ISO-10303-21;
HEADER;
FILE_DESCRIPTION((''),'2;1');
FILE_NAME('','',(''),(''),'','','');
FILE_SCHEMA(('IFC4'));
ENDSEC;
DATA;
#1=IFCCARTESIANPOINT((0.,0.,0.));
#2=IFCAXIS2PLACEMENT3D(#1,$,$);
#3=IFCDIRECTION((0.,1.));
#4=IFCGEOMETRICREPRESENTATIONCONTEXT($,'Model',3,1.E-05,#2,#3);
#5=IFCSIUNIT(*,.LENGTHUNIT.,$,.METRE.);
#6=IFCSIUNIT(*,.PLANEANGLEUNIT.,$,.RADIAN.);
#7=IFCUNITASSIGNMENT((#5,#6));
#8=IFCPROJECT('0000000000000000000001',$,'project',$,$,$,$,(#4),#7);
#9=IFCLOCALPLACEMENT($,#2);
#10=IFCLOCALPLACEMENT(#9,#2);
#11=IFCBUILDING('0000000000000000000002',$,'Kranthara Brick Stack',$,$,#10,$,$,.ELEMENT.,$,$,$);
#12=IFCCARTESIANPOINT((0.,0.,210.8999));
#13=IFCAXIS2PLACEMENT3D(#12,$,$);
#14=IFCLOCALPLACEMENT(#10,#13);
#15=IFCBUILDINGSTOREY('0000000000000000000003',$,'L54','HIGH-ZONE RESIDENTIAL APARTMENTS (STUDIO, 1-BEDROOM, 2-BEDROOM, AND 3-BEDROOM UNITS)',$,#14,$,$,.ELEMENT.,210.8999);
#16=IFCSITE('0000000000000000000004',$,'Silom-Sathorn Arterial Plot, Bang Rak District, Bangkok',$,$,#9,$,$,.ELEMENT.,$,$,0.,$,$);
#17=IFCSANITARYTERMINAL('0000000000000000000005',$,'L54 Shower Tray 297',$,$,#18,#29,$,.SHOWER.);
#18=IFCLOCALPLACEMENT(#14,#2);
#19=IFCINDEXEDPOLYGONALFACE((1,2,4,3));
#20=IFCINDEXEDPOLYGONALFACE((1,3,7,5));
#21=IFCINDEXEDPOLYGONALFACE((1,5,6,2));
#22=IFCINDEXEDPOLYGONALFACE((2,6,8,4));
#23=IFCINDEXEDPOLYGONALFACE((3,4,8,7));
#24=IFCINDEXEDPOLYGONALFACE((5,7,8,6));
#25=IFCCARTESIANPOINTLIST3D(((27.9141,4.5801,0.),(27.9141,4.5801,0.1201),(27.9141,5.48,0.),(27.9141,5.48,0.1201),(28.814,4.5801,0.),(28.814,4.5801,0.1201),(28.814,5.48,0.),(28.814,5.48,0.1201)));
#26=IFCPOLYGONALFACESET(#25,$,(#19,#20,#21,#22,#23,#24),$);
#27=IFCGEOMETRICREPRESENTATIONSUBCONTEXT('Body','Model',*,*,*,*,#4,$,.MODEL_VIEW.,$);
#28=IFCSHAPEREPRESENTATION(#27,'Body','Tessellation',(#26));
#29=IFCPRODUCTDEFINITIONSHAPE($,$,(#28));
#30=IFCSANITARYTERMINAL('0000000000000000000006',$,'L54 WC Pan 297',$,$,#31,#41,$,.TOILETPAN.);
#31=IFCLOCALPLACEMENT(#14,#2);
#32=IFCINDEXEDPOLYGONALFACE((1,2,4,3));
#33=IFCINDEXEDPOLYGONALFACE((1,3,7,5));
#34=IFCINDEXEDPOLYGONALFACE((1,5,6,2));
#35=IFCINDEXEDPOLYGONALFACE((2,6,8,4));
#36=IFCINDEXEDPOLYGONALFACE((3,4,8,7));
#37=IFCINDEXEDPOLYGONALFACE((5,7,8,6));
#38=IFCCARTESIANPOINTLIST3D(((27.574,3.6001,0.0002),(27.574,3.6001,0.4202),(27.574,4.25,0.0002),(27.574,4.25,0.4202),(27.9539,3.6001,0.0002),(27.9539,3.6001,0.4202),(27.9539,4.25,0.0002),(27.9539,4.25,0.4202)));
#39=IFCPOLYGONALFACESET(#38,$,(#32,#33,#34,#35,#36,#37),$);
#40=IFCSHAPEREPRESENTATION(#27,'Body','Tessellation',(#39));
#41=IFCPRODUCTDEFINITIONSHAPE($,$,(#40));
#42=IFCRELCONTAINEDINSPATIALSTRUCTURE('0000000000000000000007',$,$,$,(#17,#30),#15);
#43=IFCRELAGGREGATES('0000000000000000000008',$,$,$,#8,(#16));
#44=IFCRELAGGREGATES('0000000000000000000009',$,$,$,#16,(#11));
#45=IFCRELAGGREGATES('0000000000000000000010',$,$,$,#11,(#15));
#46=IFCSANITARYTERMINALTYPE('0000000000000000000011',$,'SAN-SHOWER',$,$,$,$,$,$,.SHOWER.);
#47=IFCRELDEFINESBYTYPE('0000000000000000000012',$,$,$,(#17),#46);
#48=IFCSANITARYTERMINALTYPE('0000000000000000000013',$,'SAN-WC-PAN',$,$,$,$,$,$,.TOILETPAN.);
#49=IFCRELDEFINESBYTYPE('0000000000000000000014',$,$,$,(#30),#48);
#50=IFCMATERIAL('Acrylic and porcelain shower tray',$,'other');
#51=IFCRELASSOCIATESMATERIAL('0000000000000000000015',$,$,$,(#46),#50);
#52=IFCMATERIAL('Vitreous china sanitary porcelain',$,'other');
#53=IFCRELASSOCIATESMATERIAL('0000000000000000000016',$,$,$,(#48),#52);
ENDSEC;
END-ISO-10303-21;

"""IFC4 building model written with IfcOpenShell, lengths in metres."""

from ifc_helpers import new_model, si_unit, direction, frame, origin, origin_2d, place, context, subcontext, project, spatial, rectangle, extrude, material, type_object, element, save


model = new_model("IFC4")

# Units and contexts
model_context = context("Model", 3, precision=1e-05, world=origin(), true_north=direction((0.0, 1.0)))
body_context = subcontext(model_context, "Body", "Model", "MODEL_VIEW")
ifc_project = project(units=[si_unit("LENGTHUNIT", "METRE"), si_unit("PLANEANGLEUNIT", "RADIAN")], contexts=[model_context])

# Site, building, storey
site_placement = place(None, origin())
site = spatial("IfcSite", under=ifc_project, at=site_placement, Name="Silom-Sathorn Arterial Plot, Bang Rak District, Bangkok", CompositionType="ELEMENT", RefElevation=0.0)
building_placement = place(site_placement, origin())
building = spatial("IfcBuilding", under=site, at=building_placement, Name="Kranthara Brick Stack", CompositionType="ELEMENT")
storey_placement = place(building_placement, frame((0.0, 0.0, 210.8999)))
storey = spatial("IfcBuildingStorey", under=building, at=storey_placement, Name="L54", Description="HIGH-ZONE RESIDENTIAL APARTMENTS (STUDIO, 1-BEDROOM, 2-BEDROOM, AND 3-BEDROOM UNITS)", CompositionType="ELEMENT", Elevation=210.8999)

# Sanitary terminals
ifc_material_1 = material(Name="Acrylic and porcelain shower tray", Category="other")
sanitary_terminal_type_1 = type_object("IfcSanitaryTerminalType", Name="SAN-SHOWER", PredefinedType="SHOWER", material=ifc_material_1)
sanitary_terminal_1_placement = place(storey_placement, frame((28.364, 5.03, 0.0), z_axis=(0.0, 0.0, 1.0), x_axis=(1.0, 0.0, 0.0)))
element("IfcSanitaryTerminal", 1, at=sanitary_terminal_1_placement, inside=storey, type_object=sanitary_terminal_type_1, Name="L54 Shower Tray 297", PredefinedType="SHOWER", context=body_context, shape_type="SweptSolid", body=[
    extrude(rectangle(XDim=0.8999, YDim=0.8999, at=origin_2d()), origin(), (0.0, 0.0, 1.0), 0.1201),
])
ifc_material_2 = material(Name="Vitreous china sanitary porcelain", Category="other")
sanitary_terminal_type_2 = type_object("IfcSanitaryTerminalType", Name="SAN-WC-PAN", PredefinedType="TOILETPAN", material=ifc_material_2)
sanitary_terminal_2_placement = place(storey_placement, frame((27.7639, 3.925, 0.0002), z_axis=(0.0, 0.0, 1.0), x_axis=(1.0, 0.0, 0.0)))
element("IfcSanitaryTerminal", 2, at=sanitary_terminal_2_placement, inside=storey, type_object=sanitary_terminal_type_2, Name="L54 WC Pan 297", PredefinedType="TOILETPAN", context=body_context, shape_type="SweptSolid", body=[
    extrude(rectangle(XDim=0.3799, YDim=0.6499, at=origin_2d()), origin(), (0.0, 0.0, 1.0), 0.4199),
])

save(model, "model.ifc")
